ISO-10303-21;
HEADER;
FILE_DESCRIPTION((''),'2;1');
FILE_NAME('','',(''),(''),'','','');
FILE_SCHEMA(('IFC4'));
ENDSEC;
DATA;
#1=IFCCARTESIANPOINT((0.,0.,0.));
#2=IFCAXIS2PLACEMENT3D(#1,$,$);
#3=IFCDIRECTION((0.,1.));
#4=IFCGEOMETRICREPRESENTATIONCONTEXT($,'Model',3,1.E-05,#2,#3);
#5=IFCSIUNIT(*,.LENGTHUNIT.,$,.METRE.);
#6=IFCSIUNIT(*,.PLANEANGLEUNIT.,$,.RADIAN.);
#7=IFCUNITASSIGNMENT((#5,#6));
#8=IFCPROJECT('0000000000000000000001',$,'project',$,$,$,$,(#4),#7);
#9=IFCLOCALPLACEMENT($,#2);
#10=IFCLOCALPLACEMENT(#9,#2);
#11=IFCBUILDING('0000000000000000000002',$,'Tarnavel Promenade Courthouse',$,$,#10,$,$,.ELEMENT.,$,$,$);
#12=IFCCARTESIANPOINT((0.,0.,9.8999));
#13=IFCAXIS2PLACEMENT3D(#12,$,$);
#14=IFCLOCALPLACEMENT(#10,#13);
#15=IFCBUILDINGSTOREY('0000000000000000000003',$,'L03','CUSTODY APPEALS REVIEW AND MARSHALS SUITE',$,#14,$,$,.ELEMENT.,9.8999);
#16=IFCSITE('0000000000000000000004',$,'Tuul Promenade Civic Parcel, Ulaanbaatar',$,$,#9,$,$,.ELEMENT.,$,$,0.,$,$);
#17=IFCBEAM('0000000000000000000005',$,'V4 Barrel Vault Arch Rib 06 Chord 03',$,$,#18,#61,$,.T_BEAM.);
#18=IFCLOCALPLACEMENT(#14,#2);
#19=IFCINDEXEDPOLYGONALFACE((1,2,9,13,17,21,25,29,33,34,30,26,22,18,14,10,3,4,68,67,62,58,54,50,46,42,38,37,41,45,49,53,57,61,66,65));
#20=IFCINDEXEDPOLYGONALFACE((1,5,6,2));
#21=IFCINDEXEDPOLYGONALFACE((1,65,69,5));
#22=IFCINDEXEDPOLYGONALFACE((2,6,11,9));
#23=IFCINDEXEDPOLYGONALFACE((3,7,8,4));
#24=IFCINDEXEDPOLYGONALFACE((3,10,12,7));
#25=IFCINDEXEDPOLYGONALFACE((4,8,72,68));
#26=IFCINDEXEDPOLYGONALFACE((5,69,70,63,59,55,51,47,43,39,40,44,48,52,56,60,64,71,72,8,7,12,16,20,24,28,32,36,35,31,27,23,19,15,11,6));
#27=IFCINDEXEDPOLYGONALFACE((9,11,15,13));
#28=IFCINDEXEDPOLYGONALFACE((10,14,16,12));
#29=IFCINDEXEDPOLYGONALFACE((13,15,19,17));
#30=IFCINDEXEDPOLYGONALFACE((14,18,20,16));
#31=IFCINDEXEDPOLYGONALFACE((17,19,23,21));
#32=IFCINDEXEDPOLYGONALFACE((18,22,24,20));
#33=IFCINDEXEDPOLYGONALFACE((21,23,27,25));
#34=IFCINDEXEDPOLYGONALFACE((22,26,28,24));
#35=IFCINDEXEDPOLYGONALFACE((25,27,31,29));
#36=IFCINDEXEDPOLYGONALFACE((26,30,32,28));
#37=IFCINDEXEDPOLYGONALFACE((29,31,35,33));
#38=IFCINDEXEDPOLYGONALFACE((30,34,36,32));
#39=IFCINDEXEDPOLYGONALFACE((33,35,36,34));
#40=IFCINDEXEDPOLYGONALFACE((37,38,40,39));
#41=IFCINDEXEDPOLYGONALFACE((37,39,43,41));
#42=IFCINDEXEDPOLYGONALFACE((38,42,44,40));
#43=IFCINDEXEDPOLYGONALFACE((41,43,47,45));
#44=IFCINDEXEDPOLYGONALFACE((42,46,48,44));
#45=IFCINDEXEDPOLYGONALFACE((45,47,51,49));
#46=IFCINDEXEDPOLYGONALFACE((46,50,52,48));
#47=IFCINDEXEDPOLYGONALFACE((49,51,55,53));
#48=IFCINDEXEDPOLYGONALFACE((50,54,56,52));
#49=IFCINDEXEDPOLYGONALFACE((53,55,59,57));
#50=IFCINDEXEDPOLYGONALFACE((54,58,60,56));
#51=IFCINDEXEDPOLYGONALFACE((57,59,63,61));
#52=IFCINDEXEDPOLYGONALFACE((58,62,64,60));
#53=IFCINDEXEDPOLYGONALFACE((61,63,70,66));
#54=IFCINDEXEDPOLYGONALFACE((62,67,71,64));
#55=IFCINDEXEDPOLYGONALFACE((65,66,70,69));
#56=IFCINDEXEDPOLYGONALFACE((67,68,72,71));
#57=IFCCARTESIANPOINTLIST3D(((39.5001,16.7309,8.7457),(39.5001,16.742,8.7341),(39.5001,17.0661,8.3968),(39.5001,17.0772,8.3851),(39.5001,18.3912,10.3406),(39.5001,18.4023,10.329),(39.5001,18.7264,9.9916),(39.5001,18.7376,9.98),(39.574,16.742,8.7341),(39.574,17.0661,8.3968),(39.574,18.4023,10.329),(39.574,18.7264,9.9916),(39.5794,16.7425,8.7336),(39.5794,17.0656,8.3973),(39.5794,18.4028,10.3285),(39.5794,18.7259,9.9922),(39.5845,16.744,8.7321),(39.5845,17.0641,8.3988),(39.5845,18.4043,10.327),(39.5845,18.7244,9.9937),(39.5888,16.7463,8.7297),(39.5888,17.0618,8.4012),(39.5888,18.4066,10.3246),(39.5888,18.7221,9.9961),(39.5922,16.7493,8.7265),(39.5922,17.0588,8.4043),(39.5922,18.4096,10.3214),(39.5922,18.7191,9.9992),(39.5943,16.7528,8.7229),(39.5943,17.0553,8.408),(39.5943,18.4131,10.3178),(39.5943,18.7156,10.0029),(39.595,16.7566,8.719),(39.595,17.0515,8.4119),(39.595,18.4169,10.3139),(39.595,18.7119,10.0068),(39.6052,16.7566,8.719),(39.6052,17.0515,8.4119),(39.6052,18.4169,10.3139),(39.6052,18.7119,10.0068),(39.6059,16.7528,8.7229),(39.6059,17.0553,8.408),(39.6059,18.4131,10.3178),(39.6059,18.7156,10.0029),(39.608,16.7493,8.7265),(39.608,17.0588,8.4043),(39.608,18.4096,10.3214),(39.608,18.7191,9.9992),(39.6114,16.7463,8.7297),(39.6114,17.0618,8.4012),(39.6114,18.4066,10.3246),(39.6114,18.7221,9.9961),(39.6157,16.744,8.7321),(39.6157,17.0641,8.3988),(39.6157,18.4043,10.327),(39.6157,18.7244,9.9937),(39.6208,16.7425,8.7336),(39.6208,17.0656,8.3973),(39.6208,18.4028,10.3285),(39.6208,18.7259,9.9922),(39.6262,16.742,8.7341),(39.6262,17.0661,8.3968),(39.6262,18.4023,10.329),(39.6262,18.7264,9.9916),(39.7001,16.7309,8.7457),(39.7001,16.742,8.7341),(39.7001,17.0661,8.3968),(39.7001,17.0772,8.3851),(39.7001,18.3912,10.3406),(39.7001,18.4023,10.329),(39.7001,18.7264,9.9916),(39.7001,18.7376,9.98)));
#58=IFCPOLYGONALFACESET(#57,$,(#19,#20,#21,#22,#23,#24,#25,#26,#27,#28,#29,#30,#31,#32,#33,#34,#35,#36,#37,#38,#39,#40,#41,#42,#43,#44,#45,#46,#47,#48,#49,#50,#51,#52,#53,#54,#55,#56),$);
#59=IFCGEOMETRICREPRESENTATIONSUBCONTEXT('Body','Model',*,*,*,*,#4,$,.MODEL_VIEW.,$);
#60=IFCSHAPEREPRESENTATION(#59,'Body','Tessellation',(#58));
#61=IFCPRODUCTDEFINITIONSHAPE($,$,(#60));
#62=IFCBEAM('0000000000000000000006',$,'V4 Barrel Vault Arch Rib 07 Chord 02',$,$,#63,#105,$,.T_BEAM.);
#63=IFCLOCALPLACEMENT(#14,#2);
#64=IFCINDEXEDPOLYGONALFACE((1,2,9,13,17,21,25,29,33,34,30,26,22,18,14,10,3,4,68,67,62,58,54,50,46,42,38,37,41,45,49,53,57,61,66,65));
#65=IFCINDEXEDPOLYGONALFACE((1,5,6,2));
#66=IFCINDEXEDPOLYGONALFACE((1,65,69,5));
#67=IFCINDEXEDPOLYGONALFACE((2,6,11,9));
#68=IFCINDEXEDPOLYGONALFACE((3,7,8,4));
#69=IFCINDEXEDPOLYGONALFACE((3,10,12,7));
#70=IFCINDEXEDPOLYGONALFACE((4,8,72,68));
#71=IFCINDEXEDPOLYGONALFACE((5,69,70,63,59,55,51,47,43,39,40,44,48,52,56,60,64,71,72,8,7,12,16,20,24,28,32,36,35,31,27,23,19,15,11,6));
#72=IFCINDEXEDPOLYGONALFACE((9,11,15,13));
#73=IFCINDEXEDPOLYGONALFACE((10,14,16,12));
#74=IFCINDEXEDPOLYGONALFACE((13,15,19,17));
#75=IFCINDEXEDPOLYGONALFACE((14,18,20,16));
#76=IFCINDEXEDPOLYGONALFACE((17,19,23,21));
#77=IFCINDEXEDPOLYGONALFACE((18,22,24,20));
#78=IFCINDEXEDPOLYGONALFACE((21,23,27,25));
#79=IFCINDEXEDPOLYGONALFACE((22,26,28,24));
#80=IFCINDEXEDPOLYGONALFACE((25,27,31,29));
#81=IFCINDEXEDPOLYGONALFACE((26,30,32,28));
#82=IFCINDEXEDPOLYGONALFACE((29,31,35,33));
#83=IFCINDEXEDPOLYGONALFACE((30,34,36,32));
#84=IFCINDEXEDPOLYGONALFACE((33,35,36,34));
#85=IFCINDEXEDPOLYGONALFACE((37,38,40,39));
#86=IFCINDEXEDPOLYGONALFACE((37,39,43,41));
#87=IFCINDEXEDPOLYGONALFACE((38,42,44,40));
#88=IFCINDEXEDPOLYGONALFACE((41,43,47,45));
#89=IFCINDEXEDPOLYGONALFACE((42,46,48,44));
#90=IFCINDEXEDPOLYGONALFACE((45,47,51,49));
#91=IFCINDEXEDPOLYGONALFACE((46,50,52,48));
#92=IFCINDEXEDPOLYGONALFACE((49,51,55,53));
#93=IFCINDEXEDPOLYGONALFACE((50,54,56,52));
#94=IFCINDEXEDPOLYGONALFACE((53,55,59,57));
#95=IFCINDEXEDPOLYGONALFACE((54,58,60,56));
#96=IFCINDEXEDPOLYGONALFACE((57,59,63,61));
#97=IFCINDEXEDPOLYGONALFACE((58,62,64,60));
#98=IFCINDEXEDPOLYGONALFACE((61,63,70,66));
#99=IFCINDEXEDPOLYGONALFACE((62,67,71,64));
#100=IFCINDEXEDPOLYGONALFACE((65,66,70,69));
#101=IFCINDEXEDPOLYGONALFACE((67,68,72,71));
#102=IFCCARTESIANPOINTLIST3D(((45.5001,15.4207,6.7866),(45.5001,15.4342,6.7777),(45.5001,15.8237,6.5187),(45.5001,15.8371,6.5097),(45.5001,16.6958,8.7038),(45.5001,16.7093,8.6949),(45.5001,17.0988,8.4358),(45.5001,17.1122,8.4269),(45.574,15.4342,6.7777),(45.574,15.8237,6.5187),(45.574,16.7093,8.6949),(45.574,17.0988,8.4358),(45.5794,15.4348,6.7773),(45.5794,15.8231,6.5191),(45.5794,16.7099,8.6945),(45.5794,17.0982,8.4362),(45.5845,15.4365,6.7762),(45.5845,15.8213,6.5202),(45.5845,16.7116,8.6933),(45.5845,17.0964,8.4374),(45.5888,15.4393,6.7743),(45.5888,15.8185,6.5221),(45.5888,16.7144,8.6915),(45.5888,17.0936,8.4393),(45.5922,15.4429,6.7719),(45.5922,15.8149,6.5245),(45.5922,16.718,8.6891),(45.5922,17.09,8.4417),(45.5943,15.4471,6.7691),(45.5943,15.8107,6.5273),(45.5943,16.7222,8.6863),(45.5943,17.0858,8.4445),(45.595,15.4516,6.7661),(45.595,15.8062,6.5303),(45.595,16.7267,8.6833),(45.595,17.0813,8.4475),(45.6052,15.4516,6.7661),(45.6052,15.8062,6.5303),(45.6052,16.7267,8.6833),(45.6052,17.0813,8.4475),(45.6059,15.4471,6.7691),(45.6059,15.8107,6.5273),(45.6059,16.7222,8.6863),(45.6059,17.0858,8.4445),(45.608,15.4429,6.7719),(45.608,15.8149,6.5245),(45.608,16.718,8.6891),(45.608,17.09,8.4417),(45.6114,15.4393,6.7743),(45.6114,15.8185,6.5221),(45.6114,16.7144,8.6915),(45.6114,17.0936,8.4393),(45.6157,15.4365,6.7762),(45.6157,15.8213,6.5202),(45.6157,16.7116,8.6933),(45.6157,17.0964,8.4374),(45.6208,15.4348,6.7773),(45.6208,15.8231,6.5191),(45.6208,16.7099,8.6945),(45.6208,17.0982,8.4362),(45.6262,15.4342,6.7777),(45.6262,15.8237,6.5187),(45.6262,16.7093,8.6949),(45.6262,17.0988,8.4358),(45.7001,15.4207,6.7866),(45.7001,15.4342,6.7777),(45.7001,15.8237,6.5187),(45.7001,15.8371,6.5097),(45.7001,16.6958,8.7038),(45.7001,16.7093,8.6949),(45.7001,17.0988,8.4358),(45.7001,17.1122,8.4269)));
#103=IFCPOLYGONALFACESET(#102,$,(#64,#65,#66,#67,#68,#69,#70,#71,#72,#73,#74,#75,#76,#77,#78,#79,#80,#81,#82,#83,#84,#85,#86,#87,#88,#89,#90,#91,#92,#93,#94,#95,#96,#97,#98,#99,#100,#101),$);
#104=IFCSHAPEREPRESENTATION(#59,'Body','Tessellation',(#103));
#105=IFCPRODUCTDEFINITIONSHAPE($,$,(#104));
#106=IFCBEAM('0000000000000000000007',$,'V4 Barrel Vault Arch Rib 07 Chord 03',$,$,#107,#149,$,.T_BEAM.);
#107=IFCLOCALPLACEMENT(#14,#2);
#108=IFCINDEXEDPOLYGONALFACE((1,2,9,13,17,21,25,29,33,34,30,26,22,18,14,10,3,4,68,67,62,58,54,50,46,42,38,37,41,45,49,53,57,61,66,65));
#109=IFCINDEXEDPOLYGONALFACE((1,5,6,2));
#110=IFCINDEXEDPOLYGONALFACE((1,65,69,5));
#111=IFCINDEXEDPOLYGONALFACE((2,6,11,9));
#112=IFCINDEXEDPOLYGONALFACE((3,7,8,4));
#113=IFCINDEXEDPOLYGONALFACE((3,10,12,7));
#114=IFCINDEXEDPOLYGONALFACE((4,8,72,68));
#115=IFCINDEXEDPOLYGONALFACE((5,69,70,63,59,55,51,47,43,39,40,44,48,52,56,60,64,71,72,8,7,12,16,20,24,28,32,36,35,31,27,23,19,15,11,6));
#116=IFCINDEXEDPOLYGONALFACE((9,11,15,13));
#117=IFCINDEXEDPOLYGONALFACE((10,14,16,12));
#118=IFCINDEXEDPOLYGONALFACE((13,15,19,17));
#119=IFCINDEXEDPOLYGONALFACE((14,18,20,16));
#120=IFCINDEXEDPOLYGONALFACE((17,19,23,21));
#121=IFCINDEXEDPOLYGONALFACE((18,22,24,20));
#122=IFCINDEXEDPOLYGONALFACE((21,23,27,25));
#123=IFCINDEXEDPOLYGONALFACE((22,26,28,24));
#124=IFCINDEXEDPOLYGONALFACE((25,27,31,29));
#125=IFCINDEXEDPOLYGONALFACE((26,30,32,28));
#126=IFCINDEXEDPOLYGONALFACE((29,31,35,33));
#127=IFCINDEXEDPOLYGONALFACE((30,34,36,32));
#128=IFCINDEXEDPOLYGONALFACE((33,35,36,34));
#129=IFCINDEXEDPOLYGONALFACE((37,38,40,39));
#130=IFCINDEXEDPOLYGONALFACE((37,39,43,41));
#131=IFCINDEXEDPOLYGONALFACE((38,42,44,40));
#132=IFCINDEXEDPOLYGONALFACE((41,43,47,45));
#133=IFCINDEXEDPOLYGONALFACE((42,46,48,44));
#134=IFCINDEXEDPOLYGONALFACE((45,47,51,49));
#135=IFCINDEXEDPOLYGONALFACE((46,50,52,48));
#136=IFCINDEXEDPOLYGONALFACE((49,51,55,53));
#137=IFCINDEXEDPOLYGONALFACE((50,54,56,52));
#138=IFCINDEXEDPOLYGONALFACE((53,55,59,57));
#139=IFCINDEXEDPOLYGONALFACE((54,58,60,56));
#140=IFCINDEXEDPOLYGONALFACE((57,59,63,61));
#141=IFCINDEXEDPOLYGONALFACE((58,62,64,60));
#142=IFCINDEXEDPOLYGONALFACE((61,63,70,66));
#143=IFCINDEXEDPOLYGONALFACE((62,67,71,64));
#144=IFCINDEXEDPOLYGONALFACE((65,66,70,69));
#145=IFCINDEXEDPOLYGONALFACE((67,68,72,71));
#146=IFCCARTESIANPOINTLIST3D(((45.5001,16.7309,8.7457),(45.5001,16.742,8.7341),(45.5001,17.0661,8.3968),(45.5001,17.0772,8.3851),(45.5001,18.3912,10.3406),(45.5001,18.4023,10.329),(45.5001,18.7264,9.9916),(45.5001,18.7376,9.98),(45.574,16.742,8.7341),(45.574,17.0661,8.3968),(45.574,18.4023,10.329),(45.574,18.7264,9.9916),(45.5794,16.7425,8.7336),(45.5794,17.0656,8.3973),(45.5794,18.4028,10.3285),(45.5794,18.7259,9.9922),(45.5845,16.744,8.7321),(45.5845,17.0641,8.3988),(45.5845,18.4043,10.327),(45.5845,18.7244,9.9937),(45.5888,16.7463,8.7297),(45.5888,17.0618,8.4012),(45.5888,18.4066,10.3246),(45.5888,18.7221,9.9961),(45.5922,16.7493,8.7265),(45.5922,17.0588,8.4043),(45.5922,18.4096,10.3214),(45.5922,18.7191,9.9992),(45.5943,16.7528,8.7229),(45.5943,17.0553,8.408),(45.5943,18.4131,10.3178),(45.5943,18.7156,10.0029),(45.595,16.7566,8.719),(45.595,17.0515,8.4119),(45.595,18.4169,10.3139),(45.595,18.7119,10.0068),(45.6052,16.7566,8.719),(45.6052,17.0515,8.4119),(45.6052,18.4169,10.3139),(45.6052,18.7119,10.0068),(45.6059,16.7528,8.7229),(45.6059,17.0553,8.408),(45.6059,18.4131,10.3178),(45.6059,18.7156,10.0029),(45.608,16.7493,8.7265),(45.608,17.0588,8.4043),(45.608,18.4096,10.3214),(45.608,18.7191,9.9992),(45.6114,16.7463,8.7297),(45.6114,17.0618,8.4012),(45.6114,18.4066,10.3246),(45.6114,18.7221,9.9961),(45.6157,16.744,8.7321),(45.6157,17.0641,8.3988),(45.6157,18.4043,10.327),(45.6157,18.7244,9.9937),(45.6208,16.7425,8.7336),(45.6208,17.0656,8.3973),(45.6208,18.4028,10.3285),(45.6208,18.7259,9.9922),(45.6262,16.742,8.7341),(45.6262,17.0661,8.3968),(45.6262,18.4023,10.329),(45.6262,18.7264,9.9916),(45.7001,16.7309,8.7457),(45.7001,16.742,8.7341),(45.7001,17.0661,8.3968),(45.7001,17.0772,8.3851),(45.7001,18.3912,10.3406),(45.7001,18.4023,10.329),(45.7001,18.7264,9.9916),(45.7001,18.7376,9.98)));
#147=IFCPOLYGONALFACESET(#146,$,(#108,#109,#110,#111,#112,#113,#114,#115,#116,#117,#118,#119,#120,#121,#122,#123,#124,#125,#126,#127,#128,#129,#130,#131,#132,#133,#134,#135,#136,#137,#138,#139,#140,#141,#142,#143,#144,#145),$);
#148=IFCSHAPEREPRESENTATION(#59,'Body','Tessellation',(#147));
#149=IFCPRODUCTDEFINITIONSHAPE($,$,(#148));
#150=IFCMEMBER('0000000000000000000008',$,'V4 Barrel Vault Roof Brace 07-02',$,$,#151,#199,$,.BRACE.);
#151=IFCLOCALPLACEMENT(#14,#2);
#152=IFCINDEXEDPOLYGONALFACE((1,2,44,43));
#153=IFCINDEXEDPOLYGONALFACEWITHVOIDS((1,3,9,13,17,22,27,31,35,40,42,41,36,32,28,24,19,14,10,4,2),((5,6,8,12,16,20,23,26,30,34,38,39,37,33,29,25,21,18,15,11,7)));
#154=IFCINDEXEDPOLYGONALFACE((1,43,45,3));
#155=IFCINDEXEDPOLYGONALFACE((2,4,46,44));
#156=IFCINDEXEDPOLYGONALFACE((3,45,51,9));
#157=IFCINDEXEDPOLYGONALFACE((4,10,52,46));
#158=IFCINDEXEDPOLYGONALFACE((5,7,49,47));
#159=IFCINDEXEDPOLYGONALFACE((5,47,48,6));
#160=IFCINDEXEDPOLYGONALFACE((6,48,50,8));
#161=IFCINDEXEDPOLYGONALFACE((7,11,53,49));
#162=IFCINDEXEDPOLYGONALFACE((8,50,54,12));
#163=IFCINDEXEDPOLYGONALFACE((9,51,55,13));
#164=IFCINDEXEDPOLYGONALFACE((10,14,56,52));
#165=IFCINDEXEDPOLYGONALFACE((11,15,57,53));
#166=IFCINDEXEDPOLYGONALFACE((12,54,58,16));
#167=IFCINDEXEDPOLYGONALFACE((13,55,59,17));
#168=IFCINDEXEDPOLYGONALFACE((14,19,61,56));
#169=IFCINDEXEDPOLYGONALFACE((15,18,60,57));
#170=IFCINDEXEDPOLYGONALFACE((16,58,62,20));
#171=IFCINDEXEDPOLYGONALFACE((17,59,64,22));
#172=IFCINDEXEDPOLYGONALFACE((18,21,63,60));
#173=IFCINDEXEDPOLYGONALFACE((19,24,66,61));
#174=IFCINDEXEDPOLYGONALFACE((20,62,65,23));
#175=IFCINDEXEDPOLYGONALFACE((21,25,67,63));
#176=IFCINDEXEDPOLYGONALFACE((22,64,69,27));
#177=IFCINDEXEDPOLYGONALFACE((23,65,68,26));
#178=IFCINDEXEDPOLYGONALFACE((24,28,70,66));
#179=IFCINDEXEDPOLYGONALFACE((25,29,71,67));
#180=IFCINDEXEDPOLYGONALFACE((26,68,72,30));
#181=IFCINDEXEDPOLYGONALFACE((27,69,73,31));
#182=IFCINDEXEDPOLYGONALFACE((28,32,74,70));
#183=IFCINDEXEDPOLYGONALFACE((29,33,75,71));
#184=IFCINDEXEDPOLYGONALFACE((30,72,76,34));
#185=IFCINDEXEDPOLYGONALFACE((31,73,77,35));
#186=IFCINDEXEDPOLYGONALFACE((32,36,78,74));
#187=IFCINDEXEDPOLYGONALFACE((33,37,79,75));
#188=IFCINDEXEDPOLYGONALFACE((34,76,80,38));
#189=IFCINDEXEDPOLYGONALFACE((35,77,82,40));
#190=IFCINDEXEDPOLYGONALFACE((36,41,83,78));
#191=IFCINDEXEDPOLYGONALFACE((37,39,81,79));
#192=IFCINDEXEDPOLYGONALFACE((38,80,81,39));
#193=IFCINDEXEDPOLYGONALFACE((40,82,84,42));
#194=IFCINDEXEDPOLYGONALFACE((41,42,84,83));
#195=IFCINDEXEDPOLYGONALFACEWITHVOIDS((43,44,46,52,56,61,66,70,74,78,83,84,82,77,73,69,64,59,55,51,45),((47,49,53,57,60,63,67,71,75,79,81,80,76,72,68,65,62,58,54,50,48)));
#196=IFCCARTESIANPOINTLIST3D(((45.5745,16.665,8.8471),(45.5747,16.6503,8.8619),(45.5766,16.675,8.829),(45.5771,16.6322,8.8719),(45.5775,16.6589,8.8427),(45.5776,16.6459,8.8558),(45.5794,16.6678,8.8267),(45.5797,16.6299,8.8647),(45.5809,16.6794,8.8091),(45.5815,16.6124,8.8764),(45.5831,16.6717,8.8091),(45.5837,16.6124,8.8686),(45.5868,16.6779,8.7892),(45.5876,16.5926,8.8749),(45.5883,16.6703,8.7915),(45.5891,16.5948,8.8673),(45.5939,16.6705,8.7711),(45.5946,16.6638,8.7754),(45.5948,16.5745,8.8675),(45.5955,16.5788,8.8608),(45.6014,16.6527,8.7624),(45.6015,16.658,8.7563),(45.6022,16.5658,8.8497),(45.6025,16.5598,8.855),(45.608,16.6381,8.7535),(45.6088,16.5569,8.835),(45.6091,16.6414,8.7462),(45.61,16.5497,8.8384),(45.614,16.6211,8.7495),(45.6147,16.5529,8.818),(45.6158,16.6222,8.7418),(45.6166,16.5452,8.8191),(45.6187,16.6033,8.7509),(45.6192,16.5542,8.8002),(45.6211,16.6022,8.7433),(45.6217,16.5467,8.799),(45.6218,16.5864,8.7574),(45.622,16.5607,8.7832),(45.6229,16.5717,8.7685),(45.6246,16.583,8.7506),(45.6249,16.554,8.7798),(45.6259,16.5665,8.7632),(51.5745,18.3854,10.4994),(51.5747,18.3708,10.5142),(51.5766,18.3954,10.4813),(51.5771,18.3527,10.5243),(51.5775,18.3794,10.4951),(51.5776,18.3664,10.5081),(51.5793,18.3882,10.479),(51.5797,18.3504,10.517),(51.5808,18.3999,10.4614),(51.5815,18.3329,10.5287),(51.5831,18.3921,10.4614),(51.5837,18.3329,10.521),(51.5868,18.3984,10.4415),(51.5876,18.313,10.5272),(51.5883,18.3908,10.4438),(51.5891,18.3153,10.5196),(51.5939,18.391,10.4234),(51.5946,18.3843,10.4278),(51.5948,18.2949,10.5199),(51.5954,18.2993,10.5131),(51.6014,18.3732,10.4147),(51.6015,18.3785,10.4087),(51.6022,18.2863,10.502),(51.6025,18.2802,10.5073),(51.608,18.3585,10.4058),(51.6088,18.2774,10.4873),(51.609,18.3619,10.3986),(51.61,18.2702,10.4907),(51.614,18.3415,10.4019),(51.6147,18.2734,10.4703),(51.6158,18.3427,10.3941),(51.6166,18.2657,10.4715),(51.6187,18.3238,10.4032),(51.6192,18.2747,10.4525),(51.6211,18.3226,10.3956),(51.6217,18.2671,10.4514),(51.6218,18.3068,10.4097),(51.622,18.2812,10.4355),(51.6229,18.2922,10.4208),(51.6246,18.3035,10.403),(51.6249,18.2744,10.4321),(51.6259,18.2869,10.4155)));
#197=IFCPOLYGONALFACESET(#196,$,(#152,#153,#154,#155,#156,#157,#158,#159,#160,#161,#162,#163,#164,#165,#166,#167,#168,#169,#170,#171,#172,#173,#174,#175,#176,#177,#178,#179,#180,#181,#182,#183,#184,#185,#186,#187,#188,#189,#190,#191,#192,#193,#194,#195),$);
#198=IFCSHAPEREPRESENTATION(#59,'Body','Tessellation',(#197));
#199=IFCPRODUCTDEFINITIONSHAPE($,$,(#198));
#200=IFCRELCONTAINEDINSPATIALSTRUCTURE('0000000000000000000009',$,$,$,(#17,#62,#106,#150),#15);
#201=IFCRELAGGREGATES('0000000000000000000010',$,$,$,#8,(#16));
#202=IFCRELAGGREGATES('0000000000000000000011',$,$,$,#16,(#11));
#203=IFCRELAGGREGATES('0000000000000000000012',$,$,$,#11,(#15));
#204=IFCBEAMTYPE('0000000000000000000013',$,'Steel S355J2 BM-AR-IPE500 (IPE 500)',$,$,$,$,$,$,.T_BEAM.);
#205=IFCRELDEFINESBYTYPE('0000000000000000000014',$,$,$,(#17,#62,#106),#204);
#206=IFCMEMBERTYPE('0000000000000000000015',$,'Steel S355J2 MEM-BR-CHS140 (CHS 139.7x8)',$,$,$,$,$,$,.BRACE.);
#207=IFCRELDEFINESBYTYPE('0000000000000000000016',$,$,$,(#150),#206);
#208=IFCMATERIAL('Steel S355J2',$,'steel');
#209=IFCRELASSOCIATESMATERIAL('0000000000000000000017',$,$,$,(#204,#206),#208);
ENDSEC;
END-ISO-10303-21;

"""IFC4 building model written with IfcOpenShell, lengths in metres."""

from ifc_helpers import new_model, si_unit, direction, frame, origin, origin_2d, place, context, subcontext, project, spatial, hollow_circle, i_section, extrude, material, material_profile, profile_set, type_object, element, save


model = new_model("IFC4")

# Units and contexts
model_context = context("Model", 3, precision=1e-05, world=origin(), true_north=direction((0.0, 1.0)))
body_context = subcontext(model_context, "Body", "Model", "MODEL_VIEW")
ifc_project = project(units=[si_unit("LENGTHUNIT", "METRE"), si_unit("PLANEANGLEUNIT", "RADIAN")], contexts=[model_context])

# Site, building, storey
site_placement = place(None, origin())
site = spatial("IfcSite", under=ifc_project, at=site_placement, Name="Tuul Promenade Civic Parcel, Ulaanbaatar", CompositionType="ELEMENT", RefElevation=0.0)
building_placement = place(site_placement, origin())
building = spatial("IfcBuilding", under=site, at=building_placement, Name="Tarnavel Promenade Courthouse", CompositionType="ELEMENT")
storey_placement = place(building_placement, frame((0.0, 0.0, 9.8999)))
storey = spatial("IfcBuildingStorey", under=building, at=storey_placement, Name="L03", Description="CUSTODY APPEALS REVIEW AND MARSHALS SUITE", CompositionType="ELEMENT", Elevation=9.8999)

# Beams
ifc_material_1 = material(Name="Steel S355J2", Category="steel")
ifc_material_profile_1 = material_profile(ifc_material_1, i_section(OverallWidth=0.2, OverallDepth=0.5, WebThickness=0.0103, FlangeThickness=0.0161, FilletRadius=0.021, at=origin_2d()), Name="IPE 500")
ifc_profile_set_1 = profile_set([ifc_material_profile_1], Name="Steel S355J2")
beam_type = type_object("IfcBeamType", Name="Steel S355J2 BM-AR-IPE500 (IPE 500)", PredefinedType="T_BEAM", material=ifc_profile_set_1)
beam_1_placement = place(storey_placement, frame((39.6001, 16.9041, 8.5654), z_axis=(0.0, 0.721173, 0.692755), x_axis=(-1.0, 0.0, 0.0)))
element("IfcBeam", 1, at=beam_1_placement, inside=storey, type_object=beam_type, Name="V4 Barrel Vault Arch Rib 06 Chord 03", PredefinedType="T_BEAM", context=body_context, shape_type="SweptSolid", body=[
    extrude(i_section(OverallWidth=0.2, OverallDepth=0.5, WebThickness=0.0103, FlangeThickness=0.0161, FilletRadius=0.021, at=origin_2d()), origin(), (0.0, 0.0, 1.0), 2.3022),
])
beam_2_placement = place(storey_placement, frame((45.6001, 15.6289, 6.6482), z_axis=(0.0, 0.553795, 0.832653), x_axis=(-1.0, 0.0, 0.0)))
element("IfcBeam", 2, at=beam_2_placement, inside=storey, type_object=beam_type, Name="V4 Barrel Vault Arch Rib 07 Chord 02", PredefinedType="T_BEAM", context=body_context, shape_type="SweptSolid", body=[
    extrude(i_section(OverallWidth=0.2, OverallDepth=0.5, WebThickness=0.0103, FlangeThickness=0.0161, FilletRadius=0.021, at=origin_2d()), origin(), (0.0, 0.0, 1.0), 2.3025),
])
beam_3_placement = place(storey_placement, frame((45.6001, 16.9041, 8.5654), z_axis=(0.0, 0.721173, 0.692755), x_axis=(-1.0, 0.0, 0.0)))
element("IfcBeam", 3, at=beam_3_placement, inside=storey, type_object=beam_type, Name="V4 Barrel Vault Arch Rib 07 Chord 03", PredefinedType="T_BEAM", context=body_context, shape_type="SweptSolid", body=[
    extrude(i_section(OverallWidth=0.2, OverallDepth=0.5, WebThickness=0.0103, FlangeThickness=0.0161, FilletRadius=0.021, at=origin_2d()), origin(), (0.0, 0.0, 1.0), 2.3022),
])

# Member
ifc_material_profile_2 = material_profile(ifc_material_1, hollow_circle(Radius=0.0698, WallThickness=0.0081, at=origin_2d()), Name="CHS 139.7x8")
ifc_profile_set_2 = profile_set([ifc_material_profile_2], Name="Steel S355J2")
member_type_1 = type_object("IfcMemberType", Name="Steel S355J2 MEM-BR-CHS140 (CHS 139.7x8)", PredefinedType="BRACE", material=ifc_profile_set_2)
member_placement = place(storey_placement, frame((45.6001, 16.6123, 8.8091), z_axis=(0.929253, 0.266457, 0.255908), x_axis=(-0.275635, 0.961262, 0.0)))
element("IfcMember", 4, at=member_placement, inside=storey, type_object=member_type_1, Name="V4 Barrel Vault Roof Brace 07-02", PredefinedType="BRACE", context=body_context, shape_type="SweptSolid", body=[
    extrude(hollow_circle(Radius=0.0698, WallThickness=0.0081, at=origin_2d()), origin(), (0.0, 0.0, 1.0), 6.4568),
])

save(model, "model.ifc")
